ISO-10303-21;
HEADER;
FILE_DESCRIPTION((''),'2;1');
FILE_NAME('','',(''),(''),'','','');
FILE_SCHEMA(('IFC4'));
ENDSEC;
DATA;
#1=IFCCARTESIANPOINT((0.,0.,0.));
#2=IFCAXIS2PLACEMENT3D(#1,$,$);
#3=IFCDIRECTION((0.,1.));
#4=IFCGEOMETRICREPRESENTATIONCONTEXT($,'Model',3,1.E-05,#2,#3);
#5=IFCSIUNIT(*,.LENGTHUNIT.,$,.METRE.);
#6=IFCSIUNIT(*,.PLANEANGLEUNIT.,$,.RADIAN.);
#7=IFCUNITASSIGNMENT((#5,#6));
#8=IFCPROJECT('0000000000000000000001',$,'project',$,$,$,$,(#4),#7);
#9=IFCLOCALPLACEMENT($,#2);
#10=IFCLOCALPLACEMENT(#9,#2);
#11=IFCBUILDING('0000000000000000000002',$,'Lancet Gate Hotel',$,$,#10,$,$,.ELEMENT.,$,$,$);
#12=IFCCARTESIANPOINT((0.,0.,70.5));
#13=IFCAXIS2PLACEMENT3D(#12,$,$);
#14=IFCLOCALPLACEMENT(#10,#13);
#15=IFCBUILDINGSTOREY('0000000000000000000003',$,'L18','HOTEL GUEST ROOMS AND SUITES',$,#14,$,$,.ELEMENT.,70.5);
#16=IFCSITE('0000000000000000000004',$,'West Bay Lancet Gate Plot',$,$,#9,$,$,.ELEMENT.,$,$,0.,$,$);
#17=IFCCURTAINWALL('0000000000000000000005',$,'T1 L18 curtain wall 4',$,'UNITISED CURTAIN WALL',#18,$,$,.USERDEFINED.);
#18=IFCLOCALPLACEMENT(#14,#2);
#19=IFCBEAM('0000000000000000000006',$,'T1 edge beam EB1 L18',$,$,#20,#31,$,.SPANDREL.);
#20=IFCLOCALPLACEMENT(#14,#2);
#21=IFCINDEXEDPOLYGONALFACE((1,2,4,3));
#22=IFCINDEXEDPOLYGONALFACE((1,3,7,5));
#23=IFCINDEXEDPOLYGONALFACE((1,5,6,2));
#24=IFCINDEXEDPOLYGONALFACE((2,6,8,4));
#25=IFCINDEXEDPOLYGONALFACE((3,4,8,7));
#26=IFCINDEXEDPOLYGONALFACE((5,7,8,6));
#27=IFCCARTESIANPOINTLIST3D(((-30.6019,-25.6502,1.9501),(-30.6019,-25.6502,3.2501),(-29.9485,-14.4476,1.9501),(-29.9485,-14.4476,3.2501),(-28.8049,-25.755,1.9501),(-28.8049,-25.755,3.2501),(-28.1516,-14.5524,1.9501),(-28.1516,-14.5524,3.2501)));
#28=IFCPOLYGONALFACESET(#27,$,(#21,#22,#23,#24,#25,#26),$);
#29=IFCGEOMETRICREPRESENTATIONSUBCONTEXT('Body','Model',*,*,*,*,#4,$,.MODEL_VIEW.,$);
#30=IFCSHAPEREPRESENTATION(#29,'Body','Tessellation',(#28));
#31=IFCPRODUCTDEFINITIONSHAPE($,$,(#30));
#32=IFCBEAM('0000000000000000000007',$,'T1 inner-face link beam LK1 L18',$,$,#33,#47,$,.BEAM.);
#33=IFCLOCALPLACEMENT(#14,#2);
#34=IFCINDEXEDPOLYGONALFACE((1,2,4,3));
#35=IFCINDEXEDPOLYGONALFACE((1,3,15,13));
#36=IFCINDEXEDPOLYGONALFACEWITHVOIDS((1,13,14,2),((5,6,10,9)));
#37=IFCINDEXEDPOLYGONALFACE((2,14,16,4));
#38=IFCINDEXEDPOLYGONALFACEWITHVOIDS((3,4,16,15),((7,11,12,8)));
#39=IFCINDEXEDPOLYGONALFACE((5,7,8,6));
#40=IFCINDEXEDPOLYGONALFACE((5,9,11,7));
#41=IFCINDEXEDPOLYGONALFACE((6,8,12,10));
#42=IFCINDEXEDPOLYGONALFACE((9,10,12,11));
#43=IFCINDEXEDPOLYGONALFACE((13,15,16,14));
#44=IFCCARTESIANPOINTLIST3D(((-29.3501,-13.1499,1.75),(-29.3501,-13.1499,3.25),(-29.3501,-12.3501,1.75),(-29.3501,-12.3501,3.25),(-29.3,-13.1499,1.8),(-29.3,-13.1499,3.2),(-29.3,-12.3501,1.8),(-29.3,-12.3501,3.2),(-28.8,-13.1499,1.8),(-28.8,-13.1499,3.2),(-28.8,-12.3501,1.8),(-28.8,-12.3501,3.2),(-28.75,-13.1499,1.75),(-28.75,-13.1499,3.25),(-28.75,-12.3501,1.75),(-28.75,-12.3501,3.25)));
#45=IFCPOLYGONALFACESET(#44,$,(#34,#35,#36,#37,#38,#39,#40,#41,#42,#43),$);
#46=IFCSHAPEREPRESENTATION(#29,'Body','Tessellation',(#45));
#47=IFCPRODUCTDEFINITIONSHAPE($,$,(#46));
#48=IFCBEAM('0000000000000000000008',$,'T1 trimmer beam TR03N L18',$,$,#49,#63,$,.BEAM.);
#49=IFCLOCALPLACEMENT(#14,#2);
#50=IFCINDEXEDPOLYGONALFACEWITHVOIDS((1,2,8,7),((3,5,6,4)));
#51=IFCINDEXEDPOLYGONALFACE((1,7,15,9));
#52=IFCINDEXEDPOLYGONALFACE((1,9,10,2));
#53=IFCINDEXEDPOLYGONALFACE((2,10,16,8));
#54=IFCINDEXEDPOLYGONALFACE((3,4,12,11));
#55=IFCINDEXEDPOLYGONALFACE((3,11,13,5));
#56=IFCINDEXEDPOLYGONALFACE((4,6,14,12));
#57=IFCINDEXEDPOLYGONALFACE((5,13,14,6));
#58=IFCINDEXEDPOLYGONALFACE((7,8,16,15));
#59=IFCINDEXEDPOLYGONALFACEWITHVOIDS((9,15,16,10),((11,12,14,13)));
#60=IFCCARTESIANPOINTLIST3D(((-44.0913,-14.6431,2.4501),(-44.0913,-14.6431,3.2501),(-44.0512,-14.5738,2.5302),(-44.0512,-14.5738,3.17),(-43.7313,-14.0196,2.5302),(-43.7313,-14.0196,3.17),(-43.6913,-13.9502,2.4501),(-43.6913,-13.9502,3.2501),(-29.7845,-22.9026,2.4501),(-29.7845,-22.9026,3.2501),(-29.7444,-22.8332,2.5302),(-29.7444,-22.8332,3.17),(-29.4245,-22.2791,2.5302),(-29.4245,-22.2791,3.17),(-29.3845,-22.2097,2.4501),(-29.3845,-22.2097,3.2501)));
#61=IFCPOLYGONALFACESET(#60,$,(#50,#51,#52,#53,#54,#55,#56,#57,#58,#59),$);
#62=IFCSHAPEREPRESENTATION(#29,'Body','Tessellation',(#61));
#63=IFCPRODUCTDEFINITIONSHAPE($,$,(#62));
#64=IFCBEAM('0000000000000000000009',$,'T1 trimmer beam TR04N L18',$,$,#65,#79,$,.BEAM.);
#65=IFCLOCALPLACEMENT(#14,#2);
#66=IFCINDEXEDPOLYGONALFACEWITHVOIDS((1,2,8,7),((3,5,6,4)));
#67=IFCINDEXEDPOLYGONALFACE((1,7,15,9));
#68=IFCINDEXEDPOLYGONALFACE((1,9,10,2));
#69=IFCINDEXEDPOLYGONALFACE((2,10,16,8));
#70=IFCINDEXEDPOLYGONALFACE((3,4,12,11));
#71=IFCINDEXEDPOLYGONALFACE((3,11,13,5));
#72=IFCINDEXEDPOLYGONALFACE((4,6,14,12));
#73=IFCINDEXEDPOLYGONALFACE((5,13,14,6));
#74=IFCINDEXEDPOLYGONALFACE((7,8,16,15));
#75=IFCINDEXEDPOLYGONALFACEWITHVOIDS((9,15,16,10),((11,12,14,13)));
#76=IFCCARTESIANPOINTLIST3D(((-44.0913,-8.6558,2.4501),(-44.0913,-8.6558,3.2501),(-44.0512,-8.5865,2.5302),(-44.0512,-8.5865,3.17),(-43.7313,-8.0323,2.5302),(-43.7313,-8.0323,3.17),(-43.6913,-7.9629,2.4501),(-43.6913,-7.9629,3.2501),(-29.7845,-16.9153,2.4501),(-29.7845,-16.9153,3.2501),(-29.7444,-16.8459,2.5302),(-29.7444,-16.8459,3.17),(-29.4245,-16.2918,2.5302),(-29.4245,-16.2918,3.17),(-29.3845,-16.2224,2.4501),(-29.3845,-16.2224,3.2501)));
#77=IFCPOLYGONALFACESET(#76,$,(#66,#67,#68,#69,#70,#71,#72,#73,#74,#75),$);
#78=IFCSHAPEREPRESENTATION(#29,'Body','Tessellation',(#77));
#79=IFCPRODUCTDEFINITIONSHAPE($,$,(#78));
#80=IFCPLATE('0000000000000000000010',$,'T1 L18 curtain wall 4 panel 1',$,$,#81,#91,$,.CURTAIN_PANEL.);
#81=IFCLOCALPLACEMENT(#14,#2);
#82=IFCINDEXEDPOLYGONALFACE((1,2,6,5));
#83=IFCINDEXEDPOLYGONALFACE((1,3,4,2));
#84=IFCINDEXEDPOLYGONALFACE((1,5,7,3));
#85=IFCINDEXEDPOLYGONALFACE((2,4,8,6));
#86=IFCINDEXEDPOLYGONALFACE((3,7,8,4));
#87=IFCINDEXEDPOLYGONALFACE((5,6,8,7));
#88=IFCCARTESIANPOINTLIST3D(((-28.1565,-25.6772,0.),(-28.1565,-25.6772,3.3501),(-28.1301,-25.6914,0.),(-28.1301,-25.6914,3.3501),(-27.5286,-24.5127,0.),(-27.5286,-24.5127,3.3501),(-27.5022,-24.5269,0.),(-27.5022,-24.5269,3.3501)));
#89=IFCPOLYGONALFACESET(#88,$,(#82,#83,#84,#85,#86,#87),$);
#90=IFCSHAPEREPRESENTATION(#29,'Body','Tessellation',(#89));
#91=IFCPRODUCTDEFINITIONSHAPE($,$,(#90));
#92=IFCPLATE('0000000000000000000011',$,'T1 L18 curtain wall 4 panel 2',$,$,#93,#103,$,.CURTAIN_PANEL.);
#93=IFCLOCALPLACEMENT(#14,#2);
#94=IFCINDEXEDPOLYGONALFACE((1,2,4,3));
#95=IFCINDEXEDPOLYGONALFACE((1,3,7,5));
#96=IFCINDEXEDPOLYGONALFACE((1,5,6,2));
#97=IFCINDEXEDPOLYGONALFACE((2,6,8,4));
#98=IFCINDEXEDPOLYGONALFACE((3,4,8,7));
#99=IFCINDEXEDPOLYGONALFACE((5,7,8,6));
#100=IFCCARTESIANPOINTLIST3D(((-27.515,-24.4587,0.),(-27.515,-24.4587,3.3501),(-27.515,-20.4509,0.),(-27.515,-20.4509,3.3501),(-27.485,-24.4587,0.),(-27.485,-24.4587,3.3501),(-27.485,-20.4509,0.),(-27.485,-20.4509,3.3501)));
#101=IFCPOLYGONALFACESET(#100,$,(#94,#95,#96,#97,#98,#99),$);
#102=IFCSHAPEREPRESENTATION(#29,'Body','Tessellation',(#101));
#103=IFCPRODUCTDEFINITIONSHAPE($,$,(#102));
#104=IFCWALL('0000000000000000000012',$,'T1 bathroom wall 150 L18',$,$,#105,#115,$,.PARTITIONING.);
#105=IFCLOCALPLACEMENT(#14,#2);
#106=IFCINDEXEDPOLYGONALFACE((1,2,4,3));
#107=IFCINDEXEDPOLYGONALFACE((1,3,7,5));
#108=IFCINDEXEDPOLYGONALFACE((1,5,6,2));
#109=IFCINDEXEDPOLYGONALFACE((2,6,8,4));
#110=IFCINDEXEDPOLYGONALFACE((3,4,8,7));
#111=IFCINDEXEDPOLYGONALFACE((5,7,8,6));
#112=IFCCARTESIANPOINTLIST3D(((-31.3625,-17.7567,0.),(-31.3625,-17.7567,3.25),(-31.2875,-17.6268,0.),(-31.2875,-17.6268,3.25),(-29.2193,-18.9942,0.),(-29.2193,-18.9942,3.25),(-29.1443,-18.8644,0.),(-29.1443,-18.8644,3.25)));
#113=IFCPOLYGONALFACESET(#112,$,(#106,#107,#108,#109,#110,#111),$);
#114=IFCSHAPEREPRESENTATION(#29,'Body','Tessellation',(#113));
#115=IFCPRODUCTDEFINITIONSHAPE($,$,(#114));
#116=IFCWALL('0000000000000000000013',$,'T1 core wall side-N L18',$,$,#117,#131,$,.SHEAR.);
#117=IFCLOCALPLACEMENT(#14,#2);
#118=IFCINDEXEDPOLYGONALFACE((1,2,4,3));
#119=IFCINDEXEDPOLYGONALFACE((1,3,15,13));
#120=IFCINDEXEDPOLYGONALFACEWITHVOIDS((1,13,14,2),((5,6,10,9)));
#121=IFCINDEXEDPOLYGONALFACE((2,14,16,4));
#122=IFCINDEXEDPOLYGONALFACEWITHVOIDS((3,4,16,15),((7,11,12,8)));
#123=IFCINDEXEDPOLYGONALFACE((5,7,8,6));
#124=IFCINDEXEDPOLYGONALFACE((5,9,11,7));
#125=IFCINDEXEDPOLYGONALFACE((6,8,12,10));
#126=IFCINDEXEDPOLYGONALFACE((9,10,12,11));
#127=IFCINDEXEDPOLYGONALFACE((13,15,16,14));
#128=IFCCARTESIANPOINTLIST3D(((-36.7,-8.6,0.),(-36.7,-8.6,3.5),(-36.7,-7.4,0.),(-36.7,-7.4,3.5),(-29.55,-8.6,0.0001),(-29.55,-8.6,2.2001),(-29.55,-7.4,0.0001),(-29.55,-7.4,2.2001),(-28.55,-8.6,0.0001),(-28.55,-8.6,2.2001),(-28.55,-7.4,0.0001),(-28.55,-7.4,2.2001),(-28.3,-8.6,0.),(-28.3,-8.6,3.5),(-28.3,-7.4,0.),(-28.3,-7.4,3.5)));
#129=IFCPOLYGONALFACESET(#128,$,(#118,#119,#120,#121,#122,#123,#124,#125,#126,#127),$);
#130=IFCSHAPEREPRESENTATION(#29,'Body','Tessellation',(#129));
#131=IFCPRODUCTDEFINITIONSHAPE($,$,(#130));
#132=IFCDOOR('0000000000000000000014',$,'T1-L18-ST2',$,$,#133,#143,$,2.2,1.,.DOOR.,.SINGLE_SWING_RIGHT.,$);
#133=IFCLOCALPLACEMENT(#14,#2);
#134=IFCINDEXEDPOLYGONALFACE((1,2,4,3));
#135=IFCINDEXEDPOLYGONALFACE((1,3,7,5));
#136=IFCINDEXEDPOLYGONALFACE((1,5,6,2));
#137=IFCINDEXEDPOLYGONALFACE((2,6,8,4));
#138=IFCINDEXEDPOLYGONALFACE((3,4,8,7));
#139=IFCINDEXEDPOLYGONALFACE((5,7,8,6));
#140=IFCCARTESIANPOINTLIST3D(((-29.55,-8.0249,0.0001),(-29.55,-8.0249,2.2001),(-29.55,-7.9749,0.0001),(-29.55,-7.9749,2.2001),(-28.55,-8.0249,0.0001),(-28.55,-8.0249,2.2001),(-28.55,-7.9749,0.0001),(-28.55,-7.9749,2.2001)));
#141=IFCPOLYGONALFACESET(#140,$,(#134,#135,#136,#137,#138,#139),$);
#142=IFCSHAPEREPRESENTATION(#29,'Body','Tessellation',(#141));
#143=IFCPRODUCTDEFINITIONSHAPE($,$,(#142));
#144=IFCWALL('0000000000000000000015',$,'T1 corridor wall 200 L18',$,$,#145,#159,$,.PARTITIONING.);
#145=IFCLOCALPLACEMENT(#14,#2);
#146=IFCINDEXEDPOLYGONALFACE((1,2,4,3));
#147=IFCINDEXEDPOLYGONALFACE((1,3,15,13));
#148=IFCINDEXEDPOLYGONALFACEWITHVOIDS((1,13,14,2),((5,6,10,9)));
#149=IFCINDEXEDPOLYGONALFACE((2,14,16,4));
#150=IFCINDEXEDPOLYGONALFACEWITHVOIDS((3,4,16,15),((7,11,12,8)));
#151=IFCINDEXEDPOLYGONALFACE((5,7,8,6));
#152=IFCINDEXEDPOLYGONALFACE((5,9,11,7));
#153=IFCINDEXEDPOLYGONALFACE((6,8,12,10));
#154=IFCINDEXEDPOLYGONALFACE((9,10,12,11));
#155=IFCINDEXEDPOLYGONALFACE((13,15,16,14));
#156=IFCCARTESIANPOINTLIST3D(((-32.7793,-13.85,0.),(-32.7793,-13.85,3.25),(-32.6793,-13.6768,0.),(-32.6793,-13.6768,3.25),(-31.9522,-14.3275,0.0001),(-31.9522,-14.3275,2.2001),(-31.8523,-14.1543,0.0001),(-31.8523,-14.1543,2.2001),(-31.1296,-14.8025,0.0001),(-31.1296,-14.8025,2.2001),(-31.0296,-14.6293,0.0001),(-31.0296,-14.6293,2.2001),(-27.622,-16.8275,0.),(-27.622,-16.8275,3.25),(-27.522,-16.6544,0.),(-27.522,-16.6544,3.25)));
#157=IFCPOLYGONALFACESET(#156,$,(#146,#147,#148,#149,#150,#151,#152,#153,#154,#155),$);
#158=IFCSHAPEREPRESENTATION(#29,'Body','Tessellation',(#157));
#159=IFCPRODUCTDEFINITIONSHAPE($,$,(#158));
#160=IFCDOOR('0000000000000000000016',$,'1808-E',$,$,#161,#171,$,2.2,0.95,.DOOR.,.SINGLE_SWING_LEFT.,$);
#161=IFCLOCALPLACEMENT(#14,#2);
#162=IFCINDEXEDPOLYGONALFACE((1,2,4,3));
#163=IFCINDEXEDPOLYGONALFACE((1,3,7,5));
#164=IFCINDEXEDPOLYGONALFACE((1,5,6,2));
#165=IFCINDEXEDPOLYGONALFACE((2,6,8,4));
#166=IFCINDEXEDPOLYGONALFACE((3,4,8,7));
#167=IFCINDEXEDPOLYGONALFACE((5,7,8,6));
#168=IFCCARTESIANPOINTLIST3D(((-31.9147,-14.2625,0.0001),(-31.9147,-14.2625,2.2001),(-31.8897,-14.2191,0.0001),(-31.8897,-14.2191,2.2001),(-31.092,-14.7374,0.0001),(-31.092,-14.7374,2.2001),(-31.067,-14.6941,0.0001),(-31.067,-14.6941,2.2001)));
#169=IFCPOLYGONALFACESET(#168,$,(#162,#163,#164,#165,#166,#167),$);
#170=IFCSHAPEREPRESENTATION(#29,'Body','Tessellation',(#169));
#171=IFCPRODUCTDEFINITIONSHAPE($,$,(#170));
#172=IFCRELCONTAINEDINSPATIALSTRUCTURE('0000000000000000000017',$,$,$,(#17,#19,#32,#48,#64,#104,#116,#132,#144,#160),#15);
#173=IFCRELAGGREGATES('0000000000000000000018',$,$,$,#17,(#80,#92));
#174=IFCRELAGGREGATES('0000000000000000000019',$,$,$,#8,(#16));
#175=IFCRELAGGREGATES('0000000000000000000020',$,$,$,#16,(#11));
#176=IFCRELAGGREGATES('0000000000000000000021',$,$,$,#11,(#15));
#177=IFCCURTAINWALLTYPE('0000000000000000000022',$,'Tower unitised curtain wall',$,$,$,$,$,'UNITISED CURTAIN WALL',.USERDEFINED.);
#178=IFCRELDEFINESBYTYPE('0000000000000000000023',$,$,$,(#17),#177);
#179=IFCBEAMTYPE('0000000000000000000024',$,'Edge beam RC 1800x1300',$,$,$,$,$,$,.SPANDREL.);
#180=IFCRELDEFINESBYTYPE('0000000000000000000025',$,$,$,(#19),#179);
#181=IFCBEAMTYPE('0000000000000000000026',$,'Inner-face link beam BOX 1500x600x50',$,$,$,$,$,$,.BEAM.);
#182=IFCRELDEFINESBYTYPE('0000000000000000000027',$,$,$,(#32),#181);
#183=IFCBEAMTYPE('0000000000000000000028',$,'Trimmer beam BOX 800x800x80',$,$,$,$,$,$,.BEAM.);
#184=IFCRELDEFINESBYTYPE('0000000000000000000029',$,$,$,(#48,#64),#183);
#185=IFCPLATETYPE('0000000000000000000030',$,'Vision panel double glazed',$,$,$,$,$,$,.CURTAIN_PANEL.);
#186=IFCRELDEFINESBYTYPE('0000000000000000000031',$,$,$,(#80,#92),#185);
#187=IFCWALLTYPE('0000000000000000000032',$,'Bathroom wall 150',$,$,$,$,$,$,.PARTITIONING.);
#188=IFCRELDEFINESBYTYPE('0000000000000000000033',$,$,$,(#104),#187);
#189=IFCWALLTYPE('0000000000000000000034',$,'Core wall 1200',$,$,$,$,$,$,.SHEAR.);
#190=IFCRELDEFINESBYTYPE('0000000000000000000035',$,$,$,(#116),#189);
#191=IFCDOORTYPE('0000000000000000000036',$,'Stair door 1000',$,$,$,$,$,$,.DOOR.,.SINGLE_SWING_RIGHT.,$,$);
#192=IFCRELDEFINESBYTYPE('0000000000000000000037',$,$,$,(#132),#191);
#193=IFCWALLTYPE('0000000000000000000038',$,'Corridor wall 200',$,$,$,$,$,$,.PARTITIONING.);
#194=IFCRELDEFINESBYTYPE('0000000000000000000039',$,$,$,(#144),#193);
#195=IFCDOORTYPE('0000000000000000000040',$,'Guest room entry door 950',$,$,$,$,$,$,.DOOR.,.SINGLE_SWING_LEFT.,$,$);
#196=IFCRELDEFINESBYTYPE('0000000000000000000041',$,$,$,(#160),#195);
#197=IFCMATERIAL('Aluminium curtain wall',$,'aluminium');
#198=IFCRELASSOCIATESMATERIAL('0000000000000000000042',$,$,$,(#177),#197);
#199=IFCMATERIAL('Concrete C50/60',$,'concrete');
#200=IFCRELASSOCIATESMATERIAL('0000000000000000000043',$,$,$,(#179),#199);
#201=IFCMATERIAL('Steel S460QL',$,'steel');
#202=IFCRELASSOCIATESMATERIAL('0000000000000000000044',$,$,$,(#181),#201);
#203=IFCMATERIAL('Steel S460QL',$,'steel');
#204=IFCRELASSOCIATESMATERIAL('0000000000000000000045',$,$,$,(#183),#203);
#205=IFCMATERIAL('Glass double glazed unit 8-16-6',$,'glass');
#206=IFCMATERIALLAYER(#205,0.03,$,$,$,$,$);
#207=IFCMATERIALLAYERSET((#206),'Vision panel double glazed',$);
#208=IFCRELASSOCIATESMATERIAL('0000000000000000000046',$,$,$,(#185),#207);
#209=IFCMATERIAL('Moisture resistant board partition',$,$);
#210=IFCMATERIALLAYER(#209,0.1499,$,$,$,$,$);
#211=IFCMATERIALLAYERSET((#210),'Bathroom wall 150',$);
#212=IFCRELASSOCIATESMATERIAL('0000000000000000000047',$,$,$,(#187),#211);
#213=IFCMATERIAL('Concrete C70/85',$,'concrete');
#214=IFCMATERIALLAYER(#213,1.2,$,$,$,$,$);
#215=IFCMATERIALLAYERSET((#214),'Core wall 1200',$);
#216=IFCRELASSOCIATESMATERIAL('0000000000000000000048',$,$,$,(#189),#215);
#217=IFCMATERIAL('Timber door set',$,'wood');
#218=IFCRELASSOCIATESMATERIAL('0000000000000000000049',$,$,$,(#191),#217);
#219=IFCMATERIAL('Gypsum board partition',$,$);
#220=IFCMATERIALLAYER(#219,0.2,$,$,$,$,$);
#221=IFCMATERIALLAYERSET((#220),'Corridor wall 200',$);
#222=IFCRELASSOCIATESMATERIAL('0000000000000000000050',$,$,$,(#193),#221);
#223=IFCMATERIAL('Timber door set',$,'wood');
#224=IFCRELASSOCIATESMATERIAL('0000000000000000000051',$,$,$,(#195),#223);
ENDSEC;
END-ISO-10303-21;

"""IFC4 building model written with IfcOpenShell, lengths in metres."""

from ifc_helpers import new_model, si_unit, direction, frame, frame_2d, origin, origin_2d, place, context, subcontext, project, spatial, rectangle, hollow_rectangle, extrude, material, layer, layer_set, material_profile, profile_set, type_object, element, fill, aggregate, save


model = new_model("IFC4")

# Units and contexts
model_context = context("Model", 3, precision=1e-05, world=origin(), true_north=direction((0.0, 1.0)))
body_context = subcontext(model_context, "Body", "Model", "MODEL_VIEW")
ifc_project = project(units=[si_unit("LENGTHUNIT", "METRE"), si_unit("PLANEANGLEUNIT", "RADIAN")], contexts=[model_context])

# Site, building, storey
site_placement = place(None, origin())
site = spatial("IfcSite", under=ifc_project, at=site_placement, Name="West Bay Lancet Gate Plot", CompositionType="ELEMENT", RefElevation=0.0)
building_placement = place(site_placement, origin())
building = spatial("IfcBuilding", under=site, at=building_placement, Name="Lancet Gate Hotel", CompositionType="ELEMENT")
storey_placement = place(building_placement, frame((0.0, 0.0, 70.5)))
storey = spatial("IfcBuildingStorey", under=building, at=storey_placement, Name="L18", Description="HOTEL GUEST ROOMS AND SUITES", CompositionType="ELEMENT", Elevation=70.5)

# Curtain wall
ifc_material_1 = material(Name="Aluminium curtain wall", Category="aluminium")
curtain_wall_type = type_object("IfcCurtainWallType", Name="Tower unitised curtain wall", ElementType="UNITISED CURTAIN WALL", PredefinedType="USERDEFINED", material=ifc_material_1)
curtain_wall_placement = place(storey_placement, origin())
curtain_wall = element("IfcCurtainWall", 1, at=curtain_wall_placement, inside=storey, type_object=curtain_wall_type, Name="T1 L18 curtain wall 4", ObjectType="UNITISED CURTAIN WALL", PredefinedType="USERDEFINED")

# Beams
ifc_material_2 = material(Name="Concrete C50/60", Category="concrete")
ifc_material_profile_1 = material_profile(ifc_material_2, rectangle(XDim=1.8, YDim=1.3, at=origin_2d()), Name="RC 1800x1300")
ifc_profile_set_1 = profile_set([ifc_material_profile_1], Name="Concrete C50/60")
beam_type_1 = type_object("IfcBeamType", Name="Edge beam RC 1800x1300", PredefinedType="SPANDREL", material=ifc_profile_set_1)
beam_1_placement = place(storey_placement, frame((-29.05, -14.5, 2.6001), z_axis=(-0.05822, -0.998304, 0.0), x_axis=(0.998304, -0.05822, 0.0)))
element("IfcBeam", 2, at=beam_1_placement, inside=storey, type_object=beam_type_1, Name="T1 edge beam EB1 L18", PredefinedType="SPANDREL", context=body_context, shape_type="SweptSolid", body=[
    extrude(rectangle(XDim=1.8, YDim=1.3, at=origin_2d()), origin(), (0.0, 0.0, 1.0), 11.2217),
])
ifc_material_3 = material(Name="Steel S460QL", Category="steel")
ifc_material_profile_2 = material_profile(ifc_material_3, hollow_rectangle(XDim=0.6001, YDim=1.5, WallThickness=0.05, at=origin_2d()), Name="BOX 1500x600x50")
ifc_profile_set_2 = profile_set([ifc_material_profile_2], Name="Steel S460QL")
beam_type_2 = type_object("IfcBeamType", Name="Inner-face link beam BOX 1500x600x50", PredefinedType="BEAM", material=ifc_profile_set_2)
beam_2_placement = place(storey_placement, frame((-29.05, -12.3501, 2.5), z_axis=(0.0, -1.0, 0.0), x_axis=(1.0, 0.0, 0.0)))
element("IfcBeam", 3, at=beam_2_placement, inside=storey, type_object=beam_type_2, Name="T1 inner-face link beam LK1 L18", PredefinedType="BEAM", context=body_context, shape_type="SweptSolid", body=[
    extrude(hollow_rectangle(XDim=0.6001, YDim=1.5, WallThickness=0.05, at=origin_2d()), origin(), (0.0, 0.0, 1.0), 0.7998),
])
ifc_material_4 = material(Name="Steel S460QL", Category="steel")
ifc_material_profile_3 = material_profile(ifc_material_4, hollow_rectangle(XDim=0.8, YDim=0.8, WallThickness=0.0801, at=origin_2d()), Name="BOX 800x800x80")
ifc_profile_set_3 = profile_set([ifc_material_profile_3], Name="Steel S460QL")
beam_type_3 = type_object("IfcBeamType", Name="Trimmer beam BOX 800x800x80", PredefinedType="BEAM", material=ifc_profile_set_3)
for number, where, z_axis, x_axis, name in (
    (4, (-29.5845, -22.5562, 2.8501), (-0.86604, 0.499974, 0.0), (-0.499974, -0.86604, 0.0), "T1 trimmer beam TR03N L18"),
    (5, (-29.5845, -16.5688, 2.8501), (-0.86604, 0.499974, 0.0), (-0.499974, -0.86604, 0.0), "T1 trimmer beam TR04N L18"),
):
    element("IfcBeam", number, at=place(storey_placement, frame(where, z_axis=z_axis, x_axis=x_axis)), inside=storey, type_object=beam_type_3, Name=name, PredefinedType="BEAM", context=body_context, shape_type="SweptSolid", body=[
        extrude(hollow_rectangle(XDim=0.8, YDim=0.8, WallThickness=0.0801, at=origin_2d()), origin(), (0.0, 0.0, 1.0), 16.5198),
    ])

# Plates
ifc_material_5 = material(Name="Glass double glazed unit 8-16-6", Category="glass")
ifc_layer_1 = layer(ifc_material_5, 0.03)
ifc_layer_set_1 = layer_set([ifc_layer_1], Name="Vision panel double glazed")
plate_type = type_object("IfcPlateType", Name="Vision panel double glazed", PredefinedType="CURTAIN_PANEL", material=ifc_layer_set_1)
plate_1_placement = place(storey_placement, frame((-27.8293, -25.1021, 0.0), z_axis=(0.0, 0.0, 1.0), x_axis=(0.474631, 0.880185, 0.0)))
plate_1 = element("IfcPlate", 6, at=plate_1_placement, type_object=plate_type, Name="T1 L18 curtain wall 4 panel 1", PredefinedType="CURTAIN_PANEL", context=body_context, shape_type="SweptSolid", body=[
    extrude(rectangle(XDim=1.323, YDim=0.03, at=origin_2d()), origin(), (0.0, 0.0, 1.0), 3.3501),
])
plate_2_placement = place(storey_placement, frame((-27.5, -22.4548, 0.0), z_axis=(0.0, 0.0, 1.0), x_axis=(0.0, 1.0, 0.0)))
plate_2 = element("IfcPlate", 7, at=plate_2_placement, type_object=plate_type, Name="T1 L18 curtain wall 4 panel 2", PredefinedType="CURTAIN_PANEL", context=body_context, shape_type="SweptSolid", body=[
    extrude(rectangle(XDim=4.0078, YDim=0.03, at=origin_2d()), origin(), (0.0, 0.0, 1.0), 3.3501),
])
aggregate(curtain_wall, [plate_1, plate_2])

# Wall
ifc_material_6 = material(Name="Moisture resistant board partition")
ifc_layer_2 = layer(ifc_material_6, 0.1499)
ifc_layer_set_2 = layer_set([ifc_layer_2], Name="Bathroom wall 150")
wall_type_1 = type_object("IfcWallType", Name="Bathroom wall 150", PredefinedType="PARTITIONING", material=ifc_layer_set_2)
wall_1_placement = place(storey_placement, frame((-29.1819, -18.9292, 0.0), z_axis=(0.0, 0.0, 1.0), x_axis=(-0.866007, 0.500033, 0.0)))
element("IfcWall", 8, at=wall_1_placement, inside=storey, type_object=wall_type_1, Name="T1 bathroom wall 150 L18", PredefinedType="PARTITIONING", context=body_context, shape_type="SweptSolid", body=[
    extrude(rectangle(XDim=2.4749, YDim=0.1499, at=frame_2d((1.2373, 0.0))), origin(), (0.0, 0.0, 1.0), 3.25),
])

# Walls, openings, doors
ifc_material_7 = material(Name="Concrete C70/85", Category="concrete")
ifc_layer_3 = layer(ifc_material_7, 1.2)
ifc_layer_set_3 = layer_set([ifc_layer_3], Name="Core wall 1200")
wall_type_2 = type_object("IfcWallType", Name="Core wall 1200", PredefinedType="SHEAR", material=ifc_layer_set_3)
wall_2_placement = place(storey_placement, frame((-28.3, -8.0, 0.0), z_axis=(0.0, 0.0, 1.0), x_axis=(-1.0, 0.0, 0.0)))
wall_2 = element("IfcWall", 9, at=wall_2_placement, inside=storey, type_object=wall_type_2, Name="T1 core wall side-N L18", PredefinedType="SHEAR", context=body_context, shape_type="SweptSolid", body=[
    extrude(rectangle(XDim=8.3999, YDim=1.2, at=frame_2d((4.2, 0.0))), origin(), (0.0, 0.0, 1.0), 3.5),
])
opening_1_placement = place(wall_2_placement, frame((0.25, 0.0, 0.0)))
opening_1 = element("IfcOpeningElement", 10, at=opening_1_placement, cuts=wall_2, PredefinedType="OPENING", context=body_context, shape_type="SweptSolid", body=[
    extrude(rectangle(XDim=1.0, YDim=2.2, at=frame_2d((0.5, 1.1001))), frame((0.0, 0.6099, 0.0), z_axis=(0.0, -1.0, 0.0), x_axis=(1.0, 0.0, 0.0)), (0.0, 0.0, 1.0), 1.22),
])
ifc_material_8 = material(Name="Timber door set", Category="wood")
door_type_1 = type_object("IfcDoorType", Name="Stair door 1000", OperationType="SINGLE_SWING_RIGHT", PredefinedType="DOOR", material=ifc_material_8)
door_1_placement = place(opening_1_placement, origin())
door_1 = element("IfcDoor", 11, at=door_1_placement, inside=storey, type_object=door_type_1, Name="T1-L18-ST2", OperationType="SINGLE_SWING_RIGHT", OverallHeight=2.2, OverallWidth=1.0, PredefinedType="DOOR", context=body_context, shape_type="SweptSolid", body=[
    extrude(rectangle(XDim=1.0, YDim=2.2, at=frame_2d((0.5, 1.1001))), frame((0.0, 0.0249, 0.0), z_axis=(0.0, -1.0, 0.0), x_axis=(1.0, 0.0, 0.0)), (0.0, 0.0, 1.0), 0.05),
])
fill(opening_1, door_1)
ifc_material_9 = material(Name="Gypsum board partition")
ifc_layer_4 = layer(ifc_material_9, 0.2)
ifc_layer_set_4 = layer_set([ifc_layer_4], Name="Corridor wall 200")
wall_type_3 = type_object("IfcWallType", Name="Corridor wall 200", PredefinedType="PARTITIONING", material=ifc_layer_set_4)
wall_3_placement = place(storey_placement, frame((-27.572, -16.741, 0.0), z_axis=(0.0, 0.0, 1.0), x_axis=(-0.866024, 0.500002, 0.0)))
wall_3 = element("IfcWall", 12, at=wall_3_placement, inside=storey, type_object=wall_type_3, Name="T1 corridor wall 200 L18", PredefinedType="PARTITIONING", context=body_context, shape_type="SweptSolid", body=[
    extrude(rectangle(XDim=5.9551, YDim=0.2, at=frame_2d((2.9775, 0.0))), origin(), (0.0, 0.0, 1.0), 3.25),
])
opening_2_placement = place(wall_3_placement, frame((4.05, 0.0, 0.0)))
opening_2 = element("IfcOpeningElement", 13, at=opening_2_placement, cuts=wall_3, PredefinedType="OPENING", context=body_context, shape_type="SweptSolid", body=[
    extrude(rectangle(XDim=0.95, YDim=2.2, at=frame_2d((0.4751, 1.1001))), frame((0.0, 0.1099, 0.0), z_axis=(0.0, -1.0, 0.0), x_axis=(1.0, 0.0, 0.0)), (0.0, 0.0, 1.0), 0.22),
])
ifc_material_10 = material(Name="Timber door set", Category="wood")
door_type_2 = type_object("IfcDoorType", Name="Guest room entry door 950", OperationType="SINGLE_SWING_LEFT", PredefinedType="DOOR", material=ifc_material_10)
door_2_placement = place(opening_2_placement, origin())
door_2 = element("IfcDoor", 14, at=door_2_placement, inside=storey, type_object=door_type_2, Name="1808-E", OperationType="SINGLE_SWING_LEFT", OverallHeight=2.2, OverallWidth=0.95, PredefinedType="DOOR", context=body_context, shape_type="SweptSolid", body=[
    extrude(rectangle(XDim=0.95, YDim=2.2, at=frame_2d((0.4751, 1.1001))), frame((0.0, 0.0249, 0.0), z_axis=(0.0, -1.0, 0.0), x_axis=(1.0, 0.0, 0.0)), (0.0, 0.0, 1.0), 0.05),
])
fill(opening_2, door_2)

save(model, "model.ifc")
